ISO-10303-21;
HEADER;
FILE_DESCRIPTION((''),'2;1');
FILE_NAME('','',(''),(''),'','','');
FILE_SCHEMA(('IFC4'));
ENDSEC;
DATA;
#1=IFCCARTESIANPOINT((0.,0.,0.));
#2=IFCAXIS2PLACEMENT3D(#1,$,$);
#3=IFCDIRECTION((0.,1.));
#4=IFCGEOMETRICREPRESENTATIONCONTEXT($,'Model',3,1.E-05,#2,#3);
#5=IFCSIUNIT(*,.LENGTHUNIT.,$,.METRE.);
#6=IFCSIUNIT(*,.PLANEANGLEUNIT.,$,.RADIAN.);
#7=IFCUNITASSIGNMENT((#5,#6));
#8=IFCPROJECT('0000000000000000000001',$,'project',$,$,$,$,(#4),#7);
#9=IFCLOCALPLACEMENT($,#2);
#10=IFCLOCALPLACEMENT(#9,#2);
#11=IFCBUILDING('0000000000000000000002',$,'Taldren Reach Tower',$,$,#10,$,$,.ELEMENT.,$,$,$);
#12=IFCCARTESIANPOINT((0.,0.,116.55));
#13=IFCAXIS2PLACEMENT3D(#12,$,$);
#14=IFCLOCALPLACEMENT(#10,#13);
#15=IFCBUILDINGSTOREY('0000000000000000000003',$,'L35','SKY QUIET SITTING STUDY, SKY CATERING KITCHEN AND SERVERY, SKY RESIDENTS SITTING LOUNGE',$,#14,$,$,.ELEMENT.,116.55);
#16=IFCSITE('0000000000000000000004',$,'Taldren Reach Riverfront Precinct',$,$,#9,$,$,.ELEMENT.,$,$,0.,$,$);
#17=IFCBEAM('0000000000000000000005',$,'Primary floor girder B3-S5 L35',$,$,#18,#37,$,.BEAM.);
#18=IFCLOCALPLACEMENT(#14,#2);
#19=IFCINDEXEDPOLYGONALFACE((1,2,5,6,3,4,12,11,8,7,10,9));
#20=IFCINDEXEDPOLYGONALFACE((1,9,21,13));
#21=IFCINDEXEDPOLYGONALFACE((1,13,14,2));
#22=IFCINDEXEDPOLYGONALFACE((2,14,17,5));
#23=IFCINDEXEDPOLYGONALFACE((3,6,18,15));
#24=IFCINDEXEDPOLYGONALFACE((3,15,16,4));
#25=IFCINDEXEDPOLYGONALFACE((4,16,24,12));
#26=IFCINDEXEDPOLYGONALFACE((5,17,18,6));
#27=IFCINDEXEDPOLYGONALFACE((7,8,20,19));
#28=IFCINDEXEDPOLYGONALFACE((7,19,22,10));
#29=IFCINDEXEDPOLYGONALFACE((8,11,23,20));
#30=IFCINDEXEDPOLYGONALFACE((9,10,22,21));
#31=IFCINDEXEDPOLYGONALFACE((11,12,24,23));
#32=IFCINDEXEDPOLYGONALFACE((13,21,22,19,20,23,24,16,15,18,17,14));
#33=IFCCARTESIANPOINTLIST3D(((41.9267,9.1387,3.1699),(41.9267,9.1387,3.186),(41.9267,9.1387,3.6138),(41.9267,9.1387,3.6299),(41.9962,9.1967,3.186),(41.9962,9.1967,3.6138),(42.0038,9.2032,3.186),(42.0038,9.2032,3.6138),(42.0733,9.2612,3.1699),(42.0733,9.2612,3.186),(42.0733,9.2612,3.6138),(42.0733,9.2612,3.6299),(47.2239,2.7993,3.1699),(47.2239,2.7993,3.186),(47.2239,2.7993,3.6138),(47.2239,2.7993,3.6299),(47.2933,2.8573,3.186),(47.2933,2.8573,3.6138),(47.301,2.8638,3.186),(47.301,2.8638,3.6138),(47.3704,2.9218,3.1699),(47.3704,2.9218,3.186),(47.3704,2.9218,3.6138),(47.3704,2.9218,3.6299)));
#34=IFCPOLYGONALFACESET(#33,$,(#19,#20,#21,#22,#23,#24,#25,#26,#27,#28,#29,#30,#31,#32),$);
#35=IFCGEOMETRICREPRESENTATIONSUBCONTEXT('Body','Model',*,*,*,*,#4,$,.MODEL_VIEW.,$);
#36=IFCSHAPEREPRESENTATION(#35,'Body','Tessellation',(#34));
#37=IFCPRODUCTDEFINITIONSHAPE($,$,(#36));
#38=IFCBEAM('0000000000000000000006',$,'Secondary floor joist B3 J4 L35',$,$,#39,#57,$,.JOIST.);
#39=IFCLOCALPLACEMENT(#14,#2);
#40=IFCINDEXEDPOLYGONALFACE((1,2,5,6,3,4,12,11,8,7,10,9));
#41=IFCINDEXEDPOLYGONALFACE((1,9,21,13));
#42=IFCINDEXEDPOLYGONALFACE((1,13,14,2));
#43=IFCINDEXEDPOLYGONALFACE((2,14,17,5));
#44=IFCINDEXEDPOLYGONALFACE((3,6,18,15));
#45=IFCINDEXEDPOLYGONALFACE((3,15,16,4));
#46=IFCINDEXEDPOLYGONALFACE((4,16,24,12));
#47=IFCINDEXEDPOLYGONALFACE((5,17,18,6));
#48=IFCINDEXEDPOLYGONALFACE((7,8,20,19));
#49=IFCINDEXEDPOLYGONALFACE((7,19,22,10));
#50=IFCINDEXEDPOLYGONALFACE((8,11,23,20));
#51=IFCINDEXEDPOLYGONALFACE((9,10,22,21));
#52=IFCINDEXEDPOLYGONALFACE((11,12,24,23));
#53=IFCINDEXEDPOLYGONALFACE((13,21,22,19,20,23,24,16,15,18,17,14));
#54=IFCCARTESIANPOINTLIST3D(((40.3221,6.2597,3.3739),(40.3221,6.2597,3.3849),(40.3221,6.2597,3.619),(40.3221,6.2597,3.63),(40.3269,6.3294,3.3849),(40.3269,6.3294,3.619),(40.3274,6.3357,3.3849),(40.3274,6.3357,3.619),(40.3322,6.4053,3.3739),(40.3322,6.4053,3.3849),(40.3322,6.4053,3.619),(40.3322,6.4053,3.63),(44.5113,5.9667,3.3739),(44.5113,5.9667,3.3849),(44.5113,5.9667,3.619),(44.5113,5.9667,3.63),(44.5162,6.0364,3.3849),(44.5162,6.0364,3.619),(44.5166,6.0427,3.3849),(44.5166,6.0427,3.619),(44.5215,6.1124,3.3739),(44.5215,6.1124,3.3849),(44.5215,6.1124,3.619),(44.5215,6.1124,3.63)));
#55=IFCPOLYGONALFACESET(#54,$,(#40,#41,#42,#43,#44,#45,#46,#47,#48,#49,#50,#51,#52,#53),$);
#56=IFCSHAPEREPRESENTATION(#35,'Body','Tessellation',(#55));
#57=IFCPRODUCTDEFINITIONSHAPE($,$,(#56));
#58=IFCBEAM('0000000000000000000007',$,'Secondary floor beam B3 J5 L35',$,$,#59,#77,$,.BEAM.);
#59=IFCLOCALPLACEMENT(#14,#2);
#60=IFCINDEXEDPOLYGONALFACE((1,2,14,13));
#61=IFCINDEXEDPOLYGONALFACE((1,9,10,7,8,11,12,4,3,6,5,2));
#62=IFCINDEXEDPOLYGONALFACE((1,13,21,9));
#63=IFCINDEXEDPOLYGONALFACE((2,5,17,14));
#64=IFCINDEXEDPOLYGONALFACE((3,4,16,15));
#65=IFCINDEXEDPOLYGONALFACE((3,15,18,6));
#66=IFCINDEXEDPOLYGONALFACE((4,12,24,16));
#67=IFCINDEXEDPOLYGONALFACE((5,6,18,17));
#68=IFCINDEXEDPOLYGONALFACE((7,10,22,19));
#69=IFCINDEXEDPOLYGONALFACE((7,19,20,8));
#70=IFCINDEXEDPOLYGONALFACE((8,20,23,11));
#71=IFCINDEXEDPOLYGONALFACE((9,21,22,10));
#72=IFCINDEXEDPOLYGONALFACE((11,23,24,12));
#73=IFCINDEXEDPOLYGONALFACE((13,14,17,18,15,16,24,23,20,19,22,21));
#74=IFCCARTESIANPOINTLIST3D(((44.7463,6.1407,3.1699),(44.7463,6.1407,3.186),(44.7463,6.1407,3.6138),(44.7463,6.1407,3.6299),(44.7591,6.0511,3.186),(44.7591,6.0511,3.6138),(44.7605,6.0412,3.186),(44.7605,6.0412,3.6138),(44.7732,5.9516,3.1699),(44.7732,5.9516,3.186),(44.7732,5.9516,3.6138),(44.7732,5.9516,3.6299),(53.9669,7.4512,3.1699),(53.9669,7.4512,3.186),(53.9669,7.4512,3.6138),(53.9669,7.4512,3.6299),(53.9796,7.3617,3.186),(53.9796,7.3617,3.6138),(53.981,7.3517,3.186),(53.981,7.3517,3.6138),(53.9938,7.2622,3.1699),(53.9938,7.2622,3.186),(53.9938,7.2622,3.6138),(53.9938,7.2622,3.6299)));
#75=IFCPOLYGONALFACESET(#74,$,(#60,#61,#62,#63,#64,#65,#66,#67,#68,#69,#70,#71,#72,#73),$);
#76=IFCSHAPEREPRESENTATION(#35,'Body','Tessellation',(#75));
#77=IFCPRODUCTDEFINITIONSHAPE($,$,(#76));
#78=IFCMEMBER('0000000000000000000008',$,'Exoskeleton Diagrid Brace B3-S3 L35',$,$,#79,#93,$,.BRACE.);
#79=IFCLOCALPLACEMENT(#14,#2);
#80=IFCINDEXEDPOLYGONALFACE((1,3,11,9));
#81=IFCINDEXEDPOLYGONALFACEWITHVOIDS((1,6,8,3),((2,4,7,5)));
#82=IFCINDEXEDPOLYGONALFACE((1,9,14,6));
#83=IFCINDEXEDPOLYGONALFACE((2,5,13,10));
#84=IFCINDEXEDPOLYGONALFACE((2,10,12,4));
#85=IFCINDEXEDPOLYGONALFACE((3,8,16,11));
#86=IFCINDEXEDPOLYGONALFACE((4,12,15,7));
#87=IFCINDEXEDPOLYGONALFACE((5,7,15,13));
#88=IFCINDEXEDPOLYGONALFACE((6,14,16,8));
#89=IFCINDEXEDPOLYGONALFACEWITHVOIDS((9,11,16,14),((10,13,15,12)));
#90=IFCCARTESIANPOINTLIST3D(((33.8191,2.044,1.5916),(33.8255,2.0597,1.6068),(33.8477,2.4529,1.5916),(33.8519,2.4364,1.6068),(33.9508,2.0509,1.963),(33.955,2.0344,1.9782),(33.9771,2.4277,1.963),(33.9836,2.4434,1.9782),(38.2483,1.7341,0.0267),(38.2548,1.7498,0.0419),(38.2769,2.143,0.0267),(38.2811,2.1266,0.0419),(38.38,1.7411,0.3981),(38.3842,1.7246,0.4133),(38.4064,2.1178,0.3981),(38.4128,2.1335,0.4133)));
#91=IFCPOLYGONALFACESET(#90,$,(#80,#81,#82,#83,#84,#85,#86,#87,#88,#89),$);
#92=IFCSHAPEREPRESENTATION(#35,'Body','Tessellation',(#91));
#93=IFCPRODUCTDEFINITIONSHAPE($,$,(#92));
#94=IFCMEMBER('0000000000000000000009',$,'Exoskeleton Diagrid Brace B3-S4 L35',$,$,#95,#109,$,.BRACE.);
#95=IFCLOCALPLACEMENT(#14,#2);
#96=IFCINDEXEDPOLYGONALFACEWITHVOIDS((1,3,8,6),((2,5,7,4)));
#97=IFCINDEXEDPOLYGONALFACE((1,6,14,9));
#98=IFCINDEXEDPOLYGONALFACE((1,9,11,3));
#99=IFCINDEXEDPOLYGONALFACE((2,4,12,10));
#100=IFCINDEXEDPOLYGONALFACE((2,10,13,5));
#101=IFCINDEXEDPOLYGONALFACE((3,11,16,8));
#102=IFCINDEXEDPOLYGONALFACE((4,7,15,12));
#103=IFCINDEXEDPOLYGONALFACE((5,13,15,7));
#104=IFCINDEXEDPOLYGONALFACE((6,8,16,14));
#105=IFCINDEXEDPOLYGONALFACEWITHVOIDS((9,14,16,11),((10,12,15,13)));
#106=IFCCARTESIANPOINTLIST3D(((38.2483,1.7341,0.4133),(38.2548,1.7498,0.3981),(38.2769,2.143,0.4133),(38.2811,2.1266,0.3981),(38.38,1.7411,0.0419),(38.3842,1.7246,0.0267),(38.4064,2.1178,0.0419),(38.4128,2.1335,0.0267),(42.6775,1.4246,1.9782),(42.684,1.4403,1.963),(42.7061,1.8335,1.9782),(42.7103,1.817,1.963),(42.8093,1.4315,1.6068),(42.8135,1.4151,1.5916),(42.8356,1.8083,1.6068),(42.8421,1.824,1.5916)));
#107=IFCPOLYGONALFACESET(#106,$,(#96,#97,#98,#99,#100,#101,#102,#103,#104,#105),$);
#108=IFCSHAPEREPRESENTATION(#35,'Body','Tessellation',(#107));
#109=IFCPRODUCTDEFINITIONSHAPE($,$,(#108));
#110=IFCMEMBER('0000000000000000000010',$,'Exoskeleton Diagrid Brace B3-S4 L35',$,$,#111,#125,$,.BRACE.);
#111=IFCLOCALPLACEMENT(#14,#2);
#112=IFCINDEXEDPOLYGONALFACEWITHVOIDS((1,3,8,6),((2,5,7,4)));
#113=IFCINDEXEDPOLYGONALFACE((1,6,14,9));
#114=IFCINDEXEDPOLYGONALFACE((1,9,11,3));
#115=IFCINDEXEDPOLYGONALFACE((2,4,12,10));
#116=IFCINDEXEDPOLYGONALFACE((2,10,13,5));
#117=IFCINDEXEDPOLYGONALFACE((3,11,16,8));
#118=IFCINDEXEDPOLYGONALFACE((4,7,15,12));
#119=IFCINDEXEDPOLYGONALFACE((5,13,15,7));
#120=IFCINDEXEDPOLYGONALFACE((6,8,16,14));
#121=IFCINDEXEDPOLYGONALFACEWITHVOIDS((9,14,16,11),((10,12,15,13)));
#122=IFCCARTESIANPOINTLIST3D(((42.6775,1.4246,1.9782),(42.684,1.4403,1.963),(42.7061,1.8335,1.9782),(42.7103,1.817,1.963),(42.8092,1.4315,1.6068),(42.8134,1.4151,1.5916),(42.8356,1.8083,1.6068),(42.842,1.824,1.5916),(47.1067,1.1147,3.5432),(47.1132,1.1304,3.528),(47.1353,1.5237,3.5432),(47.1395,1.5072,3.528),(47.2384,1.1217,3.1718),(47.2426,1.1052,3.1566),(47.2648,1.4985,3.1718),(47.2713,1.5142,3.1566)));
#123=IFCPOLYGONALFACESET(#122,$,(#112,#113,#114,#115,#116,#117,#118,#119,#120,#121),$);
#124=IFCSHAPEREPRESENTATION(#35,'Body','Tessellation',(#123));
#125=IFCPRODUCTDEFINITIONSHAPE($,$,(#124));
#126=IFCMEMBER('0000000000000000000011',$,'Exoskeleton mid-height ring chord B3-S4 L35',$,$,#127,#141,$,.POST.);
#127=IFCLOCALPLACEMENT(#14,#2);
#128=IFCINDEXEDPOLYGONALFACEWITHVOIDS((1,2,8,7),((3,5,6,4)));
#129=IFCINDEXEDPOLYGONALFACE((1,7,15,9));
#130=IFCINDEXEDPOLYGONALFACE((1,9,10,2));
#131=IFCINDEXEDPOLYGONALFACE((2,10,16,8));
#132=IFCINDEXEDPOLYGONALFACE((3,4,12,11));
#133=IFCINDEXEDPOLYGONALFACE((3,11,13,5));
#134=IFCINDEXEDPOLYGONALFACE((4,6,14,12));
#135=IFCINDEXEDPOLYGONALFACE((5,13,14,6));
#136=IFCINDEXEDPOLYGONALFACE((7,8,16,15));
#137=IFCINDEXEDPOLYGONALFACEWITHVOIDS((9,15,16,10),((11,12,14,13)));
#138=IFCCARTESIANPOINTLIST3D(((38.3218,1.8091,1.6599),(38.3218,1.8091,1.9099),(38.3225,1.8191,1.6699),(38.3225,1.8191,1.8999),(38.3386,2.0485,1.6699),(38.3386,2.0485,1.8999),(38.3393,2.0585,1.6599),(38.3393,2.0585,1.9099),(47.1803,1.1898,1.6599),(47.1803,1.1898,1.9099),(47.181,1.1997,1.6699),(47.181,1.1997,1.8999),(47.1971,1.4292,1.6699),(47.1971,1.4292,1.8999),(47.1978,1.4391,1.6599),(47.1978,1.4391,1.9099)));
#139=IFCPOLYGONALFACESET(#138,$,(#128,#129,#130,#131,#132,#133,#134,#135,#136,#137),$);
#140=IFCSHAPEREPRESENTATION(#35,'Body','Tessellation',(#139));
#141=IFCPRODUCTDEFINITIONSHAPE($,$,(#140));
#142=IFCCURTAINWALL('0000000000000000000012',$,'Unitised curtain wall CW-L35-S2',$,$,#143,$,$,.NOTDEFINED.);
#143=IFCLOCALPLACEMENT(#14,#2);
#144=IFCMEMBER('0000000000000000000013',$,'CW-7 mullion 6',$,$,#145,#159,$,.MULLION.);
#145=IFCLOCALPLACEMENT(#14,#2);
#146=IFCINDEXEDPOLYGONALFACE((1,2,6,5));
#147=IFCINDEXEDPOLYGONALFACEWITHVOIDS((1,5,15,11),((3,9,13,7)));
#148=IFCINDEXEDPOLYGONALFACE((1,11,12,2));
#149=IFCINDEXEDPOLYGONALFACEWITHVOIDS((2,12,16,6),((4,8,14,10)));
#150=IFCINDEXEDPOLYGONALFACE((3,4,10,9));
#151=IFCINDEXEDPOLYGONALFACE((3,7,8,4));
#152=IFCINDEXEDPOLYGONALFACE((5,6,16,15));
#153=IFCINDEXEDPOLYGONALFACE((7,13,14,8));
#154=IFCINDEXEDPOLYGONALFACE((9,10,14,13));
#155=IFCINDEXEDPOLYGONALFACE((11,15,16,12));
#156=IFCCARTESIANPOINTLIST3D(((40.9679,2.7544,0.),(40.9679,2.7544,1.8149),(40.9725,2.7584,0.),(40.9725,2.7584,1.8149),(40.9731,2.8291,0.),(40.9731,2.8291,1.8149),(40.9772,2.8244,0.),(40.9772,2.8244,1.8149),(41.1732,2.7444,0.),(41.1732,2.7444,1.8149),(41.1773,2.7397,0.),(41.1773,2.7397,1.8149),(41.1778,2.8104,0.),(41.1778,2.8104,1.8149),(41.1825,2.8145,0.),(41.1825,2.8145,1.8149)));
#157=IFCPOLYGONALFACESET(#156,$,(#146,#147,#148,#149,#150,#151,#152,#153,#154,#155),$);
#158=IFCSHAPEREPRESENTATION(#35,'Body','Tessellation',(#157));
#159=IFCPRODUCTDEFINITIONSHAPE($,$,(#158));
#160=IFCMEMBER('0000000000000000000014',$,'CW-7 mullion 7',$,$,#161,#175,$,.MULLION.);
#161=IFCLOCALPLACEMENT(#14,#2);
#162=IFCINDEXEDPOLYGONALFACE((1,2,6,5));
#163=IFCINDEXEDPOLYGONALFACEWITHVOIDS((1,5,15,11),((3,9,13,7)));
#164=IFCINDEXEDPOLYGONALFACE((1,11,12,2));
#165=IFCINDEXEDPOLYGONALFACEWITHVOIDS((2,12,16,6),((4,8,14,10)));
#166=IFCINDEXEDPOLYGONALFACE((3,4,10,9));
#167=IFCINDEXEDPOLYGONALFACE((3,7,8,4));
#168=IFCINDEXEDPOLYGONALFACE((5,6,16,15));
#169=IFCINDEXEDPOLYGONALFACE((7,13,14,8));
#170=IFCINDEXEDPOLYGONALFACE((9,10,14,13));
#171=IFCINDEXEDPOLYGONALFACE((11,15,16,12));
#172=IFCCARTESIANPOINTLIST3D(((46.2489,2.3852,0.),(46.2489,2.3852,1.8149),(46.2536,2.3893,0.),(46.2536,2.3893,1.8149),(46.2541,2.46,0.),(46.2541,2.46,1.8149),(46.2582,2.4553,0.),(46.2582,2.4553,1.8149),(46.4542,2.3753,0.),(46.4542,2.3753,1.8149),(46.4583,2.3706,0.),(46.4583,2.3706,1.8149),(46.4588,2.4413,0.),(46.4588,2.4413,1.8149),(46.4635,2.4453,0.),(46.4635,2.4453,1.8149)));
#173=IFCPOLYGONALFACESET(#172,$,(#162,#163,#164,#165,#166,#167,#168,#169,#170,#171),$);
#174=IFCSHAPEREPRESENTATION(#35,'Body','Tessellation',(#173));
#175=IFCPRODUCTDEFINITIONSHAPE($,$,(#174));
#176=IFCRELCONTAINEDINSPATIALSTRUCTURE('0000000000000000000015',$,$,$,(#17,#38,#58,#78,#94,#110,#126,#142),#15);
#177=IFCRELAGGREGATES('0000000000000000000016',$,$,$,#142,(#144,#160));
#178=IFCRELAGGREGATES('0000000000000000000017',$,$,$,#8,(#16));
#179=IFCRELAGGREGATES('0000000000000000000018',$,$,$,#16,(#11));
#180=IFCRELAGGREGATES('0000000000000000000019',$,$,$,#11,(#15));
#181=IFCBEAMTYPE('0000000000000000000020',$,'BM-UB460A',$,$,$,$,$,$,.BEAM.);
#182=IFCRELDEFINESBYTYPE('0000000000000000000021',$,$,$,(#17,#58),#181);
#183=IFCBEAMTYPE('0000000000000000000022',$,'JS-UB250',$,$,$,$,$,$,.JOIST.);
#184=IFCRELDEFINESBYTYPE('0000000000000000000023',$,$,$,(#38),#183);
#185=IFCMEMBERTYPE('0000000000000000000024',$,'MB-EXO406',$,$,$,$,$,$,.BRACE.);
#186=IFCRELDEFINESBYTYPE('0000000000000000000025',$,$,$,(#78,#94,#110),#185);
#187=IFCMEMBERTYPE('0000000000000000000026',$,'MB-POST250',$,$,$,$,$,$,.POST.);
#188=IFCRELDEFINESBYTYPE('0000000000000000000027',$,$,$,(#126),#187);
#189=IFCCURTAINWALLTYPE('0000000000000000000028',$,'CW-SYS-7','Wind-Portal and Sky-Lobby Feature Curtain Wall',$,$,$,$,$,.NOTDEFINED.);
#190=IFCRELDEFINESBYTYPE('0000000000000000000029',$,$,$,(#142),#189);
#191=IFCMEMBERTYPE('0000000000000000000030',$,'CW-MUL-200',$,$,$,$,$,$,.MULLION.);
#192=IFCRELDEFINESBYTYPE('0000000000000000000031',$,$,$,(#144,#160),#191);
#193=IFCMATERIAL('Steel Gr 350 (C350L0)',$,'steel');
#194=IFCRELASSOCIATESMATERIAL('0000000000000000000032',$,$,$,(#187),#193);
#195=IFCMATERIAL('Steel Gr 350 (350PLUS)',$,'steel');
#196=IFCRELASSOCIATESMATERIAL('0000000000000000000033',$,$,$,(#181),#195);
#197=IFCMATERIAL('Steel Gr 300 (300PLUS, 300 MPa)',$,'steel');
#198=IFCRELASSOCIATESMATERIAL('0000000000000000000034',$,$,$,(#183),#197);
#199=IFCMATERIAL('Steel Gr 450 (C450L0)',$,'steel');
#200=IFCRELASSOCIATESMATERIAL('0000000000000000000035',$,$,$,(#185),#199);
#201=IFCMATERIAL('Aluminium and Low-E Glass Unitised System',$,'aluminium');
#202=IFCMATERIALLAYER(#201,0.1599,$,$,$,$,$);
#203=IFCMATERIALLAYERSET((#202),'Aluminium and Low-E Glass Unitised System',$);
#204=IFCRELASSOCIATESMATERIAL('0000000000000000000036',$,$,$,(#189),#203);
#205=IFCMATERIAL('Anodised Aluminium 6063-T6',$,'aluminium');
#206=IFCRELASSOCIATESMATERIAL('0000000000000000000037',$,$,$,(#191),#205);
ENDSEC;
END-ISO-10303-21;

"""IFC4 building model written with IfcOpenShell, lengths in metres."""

from ifc_helpers import new_model, si_unit, direction, frame, origin, origin_2d, place, context, subcontext, project, spatial, hollow_rectangle, i_section, extrude, source, transform, mapped, material, layer, layer_set, material_profile, profile_set, type_object, element, aggregate, save


model = new_model("IFC4")

# Units and contexts
model_context = context("Model", 3, precision=1e-05, world=origin(), true_north=direction((0.0, 1.0)))
body_context = subcontext(model_context, "Body", "Model", "MODEL_VIEW")
ifc_project = project(units=[si_unit("LENGTHUNIT", "METRE"), si_unit("PLANEANGLEUNIT", "RADIAN")], contexts=[model_context])

# Site, building, storey
site_placement = place(None, origin())
site = spatial("IfcSite", under=ifc_project, at=site_placement, Name="Taldren Reach Riverfront Precinct", CompositionType="ELEMENT", RefElevation=0.0)
building_placement = place(site_placement, origin())
building = spatial("IfcBuilding", under=site, at=building_placement, Name="Taldren Reach Tower", CompositionType="ELEMENT")
storey_placement = place(building_placement, frame((0.0, 0.0, 116.55)))
storey = spatial("IfcBuildingStorey", under=building, at=storey_placement, Name="L35", Description="SKY QUIET SITTING STUDY, SKY CATERING KITCHEN AND SERVERY, SKY RESIDENTS SITTING LOUNGE", CompositionType="ELEMENT", Elevation=116.55)

# Shared definitions
ifc_material_1 = material(Name="Steel Gr 350 (350PLUS)", Category="steel")

# Shared definitions
ifc_material_2 = material(Name="Steel Gr 450 (C450L0)", Category="steel")
ifc_material_3 = material(Name="Steel Gr 350 (C350L0)", Category="steel")
ifc_material_profile_1 = material_profile(ifc_material_3, hollow_rectangle(XDim=0.25, YDim=0.25, WallThickness=0.01, at=origin_2d()), Name="250x250x10.0SHS")
ifc_profile_set_1 = profile_set([ifc_material_profile_1], Name="Steel Gr 350 (C350L0)")
member_type_1 = type_object("IfcMemberType", Name="MB-POST250", PredefinedType="POST", material=ifc_profile_set_1)

# Beams
ifc_material_profile_2 = material_profile(ifc_material_1, i_section(OverallWidth=0.1909, OverallDepth=0.46, WebThickness=0.01, FlangeThickness=0.0161, at=origin_2d()), Name="460UB82.1")
ifc_profile_set_2 = profile_set([ifc_material_profile_2], Name="Steel Gr 350 (350PLUS)")
beam_type_1 = type_object("IfcBeamType", Name="BM-UB460A", PredefinedType="BEAM", material=ifc_profile_set_2)
shared_shape_1 = source(origin(), body_context, "Body", "SweptSolid", [
    extrude(i_section(OverallWidth=0.1909, OverallDepth=0.46, WebThickness=0.01, FlangeThickness=0.0161, at=origin_2d()), origin(), (0.0, 0.0, 1.0), 8.2612),
])
beam_1_placement = place(storey_placement, frame((42.0, 9.2, 3.3999), z_axis=(0.641207, -0.767368, 0.0), x_axis=(0.767368, 0.641207, 0.0)))
element("IfcBeam", 1, at=beam_1_placement, inside=storey, type_object=beam_type_1, Name="Primary floor girder B3-S5 L35", PredefinedType="BEAM", context=body_context, shape_type="MappedRepresentation", body=[
    mapped(shared_shape_1, transform((0.0, 0.0, 0.0), scale=1.0)),
])
ifc_material_4 = material(Name="Steel Gr 300 (300PLUS, 300 MPa)", Category="steel")
ifc_material_profile_3 = material_profile(ifc_material_4, i_section(OverallWidth=0.146, OverallDepth=0.2561, WebThickness=0.0063, FlangeThickness=0.011, at=origin_2d()), Name="250UB37.3")
ifc_profile_set_3 = profile_set([ifc_material_profile_3], Name="Steel Gr 300 (300PLUS, 300 MPa)")
beam_type_2 = type_object("IfcBeamType", Name="JS-UB250", PredefinedType="JOIST", material=ifc_profile_set_3)
shared_shape_2 = source(origin(), body_context, "Body", "SweptSolid", [
    extrude(i_section(OverallWidth=0.146, OverallDepth=0.2561, WebThickness=0.0063, FlangeThickness=0.011, at=origin_2d()), origin(), (0.0, 0.0, 1.0), 4.1995),
])
beam_2_placement = place(storey_placement, frame((40.3271, 6.3325, 3.502), z_axis=(0.997564, -0.069764, 0.0), x_axis=(0.069764, 0.997564, 0.0)))
element("IfcBeam", 2, at=beam_2_placement, inside=storey, type_object=beam_type_2, Name="Secondary floor joist B3 J4 L35", PredefinedType="JOIST", context=body_context, shape_type="MappedRepresentation", body=[
    mapped(shared_shape_2, transform((0.0, 0.0, 0.0), scale=1.0)),
])
shared_shape_3 = source(origin(), body_context, "Body", "SweptSolid", [
    extrude(i_section(OverallWidth=0.1909, OverallDepth=0.46, WebThickness=0.01, FlangeThickness=0.0161, at=origin_2d()), origin(), (0.0, 0.0, 1.0), 9.3132),
])
beam_3_placement = place(storey_placement, frame((44.7598, 6.0461, 3.3999), z_axis=(0.990049, 0.14072, 0.0), x_axis=(-0.14072, 0.990049, 0.0)))
element("IfcBeam", 3, at=beam_3_placement, inside=storey, type_object=beam_type_1, Name="Secondary floor beam B3 J5 L35", PredefinedType="BEAM", context=body_context, shape_type="MappedRepresentation", body=[
    mapped(shared_shape_3, transform((0.0, 0.0, 0.0), scale=1.0)),
])

# Members
ifc_material_profile_4 = material_profile(ifc_material_2, hollow_rectangle(XDim=0.4099, YDim=0.4099, WallThickness=0.0161, at=origin_2d()), Name="410x410x16.0SHS")
ifc_profile_set_4 = profile_set([ifc_material_profile_4], Name="Steel Gr 450 (C450L0)")
member_type_2 = type_object("IfcMemberType", Name="MB-EXO406", PredefinedType="BRACE", material=ifc_profile_set_4)
shared_shape_4 = source(origin(), body_context, "Body", "SweptSolid", [
    extrude(hollow_rectangle(XDim=0.4099, YDim=0.4099, WallThickness=0.0161, at=origin_2d()), origin(), (0.0, 0.0, 1.0), 4.7078),
])
for number, where, z_axis, x_axis, name in (
    (4, (38.3306, 1.9338, 0.22), (-0.940833, 0.06581, 0.332419), (-0.069778, -0.997563, 0.0), "Exoskeleton Diagrid Brace B3-S3 L35"),
    (5, (38.3306, 1.9338, 0.22), (0.940836, -0.065758, 0.33242), (0.069723, 0.997566, 0.0), "Exoskeleton Diagrid Brace B3-S4 L35"),
    (6, (42.7598, 1.6243, 1.7849), (0.940833, -0.06581, 0.332419), (0.069778, 0.997563, 0.0), "Exoskeleton Diagrid Brace B3-S4 L35"),
):
    element("IfcMember", number, at=place(storey_placement, frame(where, z_axis=z_axis, x_axis=x_axis)), inside=storey, type_object=member_type_2, Name=name, PredefinedType="BRACE", context=body_context, shape_type="MappedRepresentation", body=[
        mapped(shared_shape_4, transform((0.0, 0.0, 0.0), scale=1.0)),
    ])
shared_shape_5 = source(origin(), body_context, "Body", "SweptSolid", [
    extrude(hollow_rectangle(XDim=0.25, YDim=0.25, WallThickness=0.01, at=origin_2d()), origin(), (0.0, 0.0, 1.0), 8.8801),
])
member_1_placement = place(storey_placement, frame((38.3306, 1.9338, 1.7849), z_axis=(0.997564, -0.06975, 0.0), x_axis=(0.06975, 0.997564, 0.0)))
element("IfcMember", 7, at=member_1_placement, inside=storey, type_object=member_type_1, Name="Exoskeleton mid-height ring chord B3-S4 L35", PredefinedType="POST", context=body_context, shape_type="MappedRepresentation", body=[
    mapped(shared_shape_5, transform((0.0, 0.0, 0.0), scale=1.0)),
])

# Curtain wall, members
ifc_material_5 = material(Name="Aluminium and Low-E Glass Unitised System", Category="aluminium")
ifc_layer_1 = layer(ifc_material_5, 0.1599)
ifc_layer_set_1 = layer_set([ifc_layer_1], Name="Aluminium and Low-E Glass Unitised System")
curtain_wall_type = type_object("IfcCurtainWallType", Name="CW-SYS-7", Description="Wind-Portal and Sky-Lobby Feature Curtain Wall", PredefinedType="NOTDEFINED", material=ifc_layer_set_1)
curtain_wall_1_placement = place(storey_placement, origin())
curtain_wall_1 = element("IfcCurtainWall", 8, at=curtain_wall_1_placement, inside=storey, type_object=curtain_wall_type, Name="Unitised curtain wall CW-L35-S2", PredefinedType="NOTDEFINED")
ifc_material_6 = material(Name="Anodised Aluminium 6063-T6", Category="aluminium")
ifc_material_profile_5 = material_profile(ifc_material_6, hollow_rectangle(XDim=0.075, YDim=0.21, WallThickness=0.0044, at=origin_2d()), Name="ALU-210x75x4.5RHS")
ifc_profile_set_5 = profile_set([ifc_material_profile_5], Name="Anodised Aluminium 6063-T6")
member_type_3 = type_object("IfcMemberType", Name="CW-MUL-200", PredefinedType="MULLION", material=ifc_profile_set_5)
shared_shape_6 = source(origin(), body_context, "Body", "SweptSolid", [
    extrude(hollow_rectangle(XDim=0.075, YDim=0.21, WallThickness=0.0044, at=origin_2d()), origin(), (0.0, 0.0, 1.0), 1.8149),
])
member_2_placement = place(storey_placement, frame((41.0752, 2.7844, 0.0), z_axis=(0.0, 0.0, 1.0), x_axis=(0.069757, 0.997564, 0.0)))
member_2 = element("IfcMember", 9, at=member_2_placement, type_object=member_type_3, Name="CW-7 mullion 6", PredefinedType="MULLION", context=body_context, shape_type="MappedRepresentation", body=[
    mapped(shared_shape_6, transform((0.0, 0.0, 0.0), scale=1.0)),
])
member_3_placement = place(storey_placement, frame((46.3562, 2.4153, 0.0), z_axis=(0.0, 0.0, 1.0), x_axis=(0.069757, 0.997564, 0.0)))
member_3 = element("IfcMember", 10, at=member_3_placement, type_object=member_type_3, Name="CW-7 mullion 7", PredefinedType="MULLION", context=body_context, shape_type="MappedRepresentation", body=[
    mapped(shared_shape_6, transform((0.0, 0.0, 0.0), scale=1.0)),
])

aggregate(curtain_wall_1, [member_2, member_3])

save(model, "model.ifc")
